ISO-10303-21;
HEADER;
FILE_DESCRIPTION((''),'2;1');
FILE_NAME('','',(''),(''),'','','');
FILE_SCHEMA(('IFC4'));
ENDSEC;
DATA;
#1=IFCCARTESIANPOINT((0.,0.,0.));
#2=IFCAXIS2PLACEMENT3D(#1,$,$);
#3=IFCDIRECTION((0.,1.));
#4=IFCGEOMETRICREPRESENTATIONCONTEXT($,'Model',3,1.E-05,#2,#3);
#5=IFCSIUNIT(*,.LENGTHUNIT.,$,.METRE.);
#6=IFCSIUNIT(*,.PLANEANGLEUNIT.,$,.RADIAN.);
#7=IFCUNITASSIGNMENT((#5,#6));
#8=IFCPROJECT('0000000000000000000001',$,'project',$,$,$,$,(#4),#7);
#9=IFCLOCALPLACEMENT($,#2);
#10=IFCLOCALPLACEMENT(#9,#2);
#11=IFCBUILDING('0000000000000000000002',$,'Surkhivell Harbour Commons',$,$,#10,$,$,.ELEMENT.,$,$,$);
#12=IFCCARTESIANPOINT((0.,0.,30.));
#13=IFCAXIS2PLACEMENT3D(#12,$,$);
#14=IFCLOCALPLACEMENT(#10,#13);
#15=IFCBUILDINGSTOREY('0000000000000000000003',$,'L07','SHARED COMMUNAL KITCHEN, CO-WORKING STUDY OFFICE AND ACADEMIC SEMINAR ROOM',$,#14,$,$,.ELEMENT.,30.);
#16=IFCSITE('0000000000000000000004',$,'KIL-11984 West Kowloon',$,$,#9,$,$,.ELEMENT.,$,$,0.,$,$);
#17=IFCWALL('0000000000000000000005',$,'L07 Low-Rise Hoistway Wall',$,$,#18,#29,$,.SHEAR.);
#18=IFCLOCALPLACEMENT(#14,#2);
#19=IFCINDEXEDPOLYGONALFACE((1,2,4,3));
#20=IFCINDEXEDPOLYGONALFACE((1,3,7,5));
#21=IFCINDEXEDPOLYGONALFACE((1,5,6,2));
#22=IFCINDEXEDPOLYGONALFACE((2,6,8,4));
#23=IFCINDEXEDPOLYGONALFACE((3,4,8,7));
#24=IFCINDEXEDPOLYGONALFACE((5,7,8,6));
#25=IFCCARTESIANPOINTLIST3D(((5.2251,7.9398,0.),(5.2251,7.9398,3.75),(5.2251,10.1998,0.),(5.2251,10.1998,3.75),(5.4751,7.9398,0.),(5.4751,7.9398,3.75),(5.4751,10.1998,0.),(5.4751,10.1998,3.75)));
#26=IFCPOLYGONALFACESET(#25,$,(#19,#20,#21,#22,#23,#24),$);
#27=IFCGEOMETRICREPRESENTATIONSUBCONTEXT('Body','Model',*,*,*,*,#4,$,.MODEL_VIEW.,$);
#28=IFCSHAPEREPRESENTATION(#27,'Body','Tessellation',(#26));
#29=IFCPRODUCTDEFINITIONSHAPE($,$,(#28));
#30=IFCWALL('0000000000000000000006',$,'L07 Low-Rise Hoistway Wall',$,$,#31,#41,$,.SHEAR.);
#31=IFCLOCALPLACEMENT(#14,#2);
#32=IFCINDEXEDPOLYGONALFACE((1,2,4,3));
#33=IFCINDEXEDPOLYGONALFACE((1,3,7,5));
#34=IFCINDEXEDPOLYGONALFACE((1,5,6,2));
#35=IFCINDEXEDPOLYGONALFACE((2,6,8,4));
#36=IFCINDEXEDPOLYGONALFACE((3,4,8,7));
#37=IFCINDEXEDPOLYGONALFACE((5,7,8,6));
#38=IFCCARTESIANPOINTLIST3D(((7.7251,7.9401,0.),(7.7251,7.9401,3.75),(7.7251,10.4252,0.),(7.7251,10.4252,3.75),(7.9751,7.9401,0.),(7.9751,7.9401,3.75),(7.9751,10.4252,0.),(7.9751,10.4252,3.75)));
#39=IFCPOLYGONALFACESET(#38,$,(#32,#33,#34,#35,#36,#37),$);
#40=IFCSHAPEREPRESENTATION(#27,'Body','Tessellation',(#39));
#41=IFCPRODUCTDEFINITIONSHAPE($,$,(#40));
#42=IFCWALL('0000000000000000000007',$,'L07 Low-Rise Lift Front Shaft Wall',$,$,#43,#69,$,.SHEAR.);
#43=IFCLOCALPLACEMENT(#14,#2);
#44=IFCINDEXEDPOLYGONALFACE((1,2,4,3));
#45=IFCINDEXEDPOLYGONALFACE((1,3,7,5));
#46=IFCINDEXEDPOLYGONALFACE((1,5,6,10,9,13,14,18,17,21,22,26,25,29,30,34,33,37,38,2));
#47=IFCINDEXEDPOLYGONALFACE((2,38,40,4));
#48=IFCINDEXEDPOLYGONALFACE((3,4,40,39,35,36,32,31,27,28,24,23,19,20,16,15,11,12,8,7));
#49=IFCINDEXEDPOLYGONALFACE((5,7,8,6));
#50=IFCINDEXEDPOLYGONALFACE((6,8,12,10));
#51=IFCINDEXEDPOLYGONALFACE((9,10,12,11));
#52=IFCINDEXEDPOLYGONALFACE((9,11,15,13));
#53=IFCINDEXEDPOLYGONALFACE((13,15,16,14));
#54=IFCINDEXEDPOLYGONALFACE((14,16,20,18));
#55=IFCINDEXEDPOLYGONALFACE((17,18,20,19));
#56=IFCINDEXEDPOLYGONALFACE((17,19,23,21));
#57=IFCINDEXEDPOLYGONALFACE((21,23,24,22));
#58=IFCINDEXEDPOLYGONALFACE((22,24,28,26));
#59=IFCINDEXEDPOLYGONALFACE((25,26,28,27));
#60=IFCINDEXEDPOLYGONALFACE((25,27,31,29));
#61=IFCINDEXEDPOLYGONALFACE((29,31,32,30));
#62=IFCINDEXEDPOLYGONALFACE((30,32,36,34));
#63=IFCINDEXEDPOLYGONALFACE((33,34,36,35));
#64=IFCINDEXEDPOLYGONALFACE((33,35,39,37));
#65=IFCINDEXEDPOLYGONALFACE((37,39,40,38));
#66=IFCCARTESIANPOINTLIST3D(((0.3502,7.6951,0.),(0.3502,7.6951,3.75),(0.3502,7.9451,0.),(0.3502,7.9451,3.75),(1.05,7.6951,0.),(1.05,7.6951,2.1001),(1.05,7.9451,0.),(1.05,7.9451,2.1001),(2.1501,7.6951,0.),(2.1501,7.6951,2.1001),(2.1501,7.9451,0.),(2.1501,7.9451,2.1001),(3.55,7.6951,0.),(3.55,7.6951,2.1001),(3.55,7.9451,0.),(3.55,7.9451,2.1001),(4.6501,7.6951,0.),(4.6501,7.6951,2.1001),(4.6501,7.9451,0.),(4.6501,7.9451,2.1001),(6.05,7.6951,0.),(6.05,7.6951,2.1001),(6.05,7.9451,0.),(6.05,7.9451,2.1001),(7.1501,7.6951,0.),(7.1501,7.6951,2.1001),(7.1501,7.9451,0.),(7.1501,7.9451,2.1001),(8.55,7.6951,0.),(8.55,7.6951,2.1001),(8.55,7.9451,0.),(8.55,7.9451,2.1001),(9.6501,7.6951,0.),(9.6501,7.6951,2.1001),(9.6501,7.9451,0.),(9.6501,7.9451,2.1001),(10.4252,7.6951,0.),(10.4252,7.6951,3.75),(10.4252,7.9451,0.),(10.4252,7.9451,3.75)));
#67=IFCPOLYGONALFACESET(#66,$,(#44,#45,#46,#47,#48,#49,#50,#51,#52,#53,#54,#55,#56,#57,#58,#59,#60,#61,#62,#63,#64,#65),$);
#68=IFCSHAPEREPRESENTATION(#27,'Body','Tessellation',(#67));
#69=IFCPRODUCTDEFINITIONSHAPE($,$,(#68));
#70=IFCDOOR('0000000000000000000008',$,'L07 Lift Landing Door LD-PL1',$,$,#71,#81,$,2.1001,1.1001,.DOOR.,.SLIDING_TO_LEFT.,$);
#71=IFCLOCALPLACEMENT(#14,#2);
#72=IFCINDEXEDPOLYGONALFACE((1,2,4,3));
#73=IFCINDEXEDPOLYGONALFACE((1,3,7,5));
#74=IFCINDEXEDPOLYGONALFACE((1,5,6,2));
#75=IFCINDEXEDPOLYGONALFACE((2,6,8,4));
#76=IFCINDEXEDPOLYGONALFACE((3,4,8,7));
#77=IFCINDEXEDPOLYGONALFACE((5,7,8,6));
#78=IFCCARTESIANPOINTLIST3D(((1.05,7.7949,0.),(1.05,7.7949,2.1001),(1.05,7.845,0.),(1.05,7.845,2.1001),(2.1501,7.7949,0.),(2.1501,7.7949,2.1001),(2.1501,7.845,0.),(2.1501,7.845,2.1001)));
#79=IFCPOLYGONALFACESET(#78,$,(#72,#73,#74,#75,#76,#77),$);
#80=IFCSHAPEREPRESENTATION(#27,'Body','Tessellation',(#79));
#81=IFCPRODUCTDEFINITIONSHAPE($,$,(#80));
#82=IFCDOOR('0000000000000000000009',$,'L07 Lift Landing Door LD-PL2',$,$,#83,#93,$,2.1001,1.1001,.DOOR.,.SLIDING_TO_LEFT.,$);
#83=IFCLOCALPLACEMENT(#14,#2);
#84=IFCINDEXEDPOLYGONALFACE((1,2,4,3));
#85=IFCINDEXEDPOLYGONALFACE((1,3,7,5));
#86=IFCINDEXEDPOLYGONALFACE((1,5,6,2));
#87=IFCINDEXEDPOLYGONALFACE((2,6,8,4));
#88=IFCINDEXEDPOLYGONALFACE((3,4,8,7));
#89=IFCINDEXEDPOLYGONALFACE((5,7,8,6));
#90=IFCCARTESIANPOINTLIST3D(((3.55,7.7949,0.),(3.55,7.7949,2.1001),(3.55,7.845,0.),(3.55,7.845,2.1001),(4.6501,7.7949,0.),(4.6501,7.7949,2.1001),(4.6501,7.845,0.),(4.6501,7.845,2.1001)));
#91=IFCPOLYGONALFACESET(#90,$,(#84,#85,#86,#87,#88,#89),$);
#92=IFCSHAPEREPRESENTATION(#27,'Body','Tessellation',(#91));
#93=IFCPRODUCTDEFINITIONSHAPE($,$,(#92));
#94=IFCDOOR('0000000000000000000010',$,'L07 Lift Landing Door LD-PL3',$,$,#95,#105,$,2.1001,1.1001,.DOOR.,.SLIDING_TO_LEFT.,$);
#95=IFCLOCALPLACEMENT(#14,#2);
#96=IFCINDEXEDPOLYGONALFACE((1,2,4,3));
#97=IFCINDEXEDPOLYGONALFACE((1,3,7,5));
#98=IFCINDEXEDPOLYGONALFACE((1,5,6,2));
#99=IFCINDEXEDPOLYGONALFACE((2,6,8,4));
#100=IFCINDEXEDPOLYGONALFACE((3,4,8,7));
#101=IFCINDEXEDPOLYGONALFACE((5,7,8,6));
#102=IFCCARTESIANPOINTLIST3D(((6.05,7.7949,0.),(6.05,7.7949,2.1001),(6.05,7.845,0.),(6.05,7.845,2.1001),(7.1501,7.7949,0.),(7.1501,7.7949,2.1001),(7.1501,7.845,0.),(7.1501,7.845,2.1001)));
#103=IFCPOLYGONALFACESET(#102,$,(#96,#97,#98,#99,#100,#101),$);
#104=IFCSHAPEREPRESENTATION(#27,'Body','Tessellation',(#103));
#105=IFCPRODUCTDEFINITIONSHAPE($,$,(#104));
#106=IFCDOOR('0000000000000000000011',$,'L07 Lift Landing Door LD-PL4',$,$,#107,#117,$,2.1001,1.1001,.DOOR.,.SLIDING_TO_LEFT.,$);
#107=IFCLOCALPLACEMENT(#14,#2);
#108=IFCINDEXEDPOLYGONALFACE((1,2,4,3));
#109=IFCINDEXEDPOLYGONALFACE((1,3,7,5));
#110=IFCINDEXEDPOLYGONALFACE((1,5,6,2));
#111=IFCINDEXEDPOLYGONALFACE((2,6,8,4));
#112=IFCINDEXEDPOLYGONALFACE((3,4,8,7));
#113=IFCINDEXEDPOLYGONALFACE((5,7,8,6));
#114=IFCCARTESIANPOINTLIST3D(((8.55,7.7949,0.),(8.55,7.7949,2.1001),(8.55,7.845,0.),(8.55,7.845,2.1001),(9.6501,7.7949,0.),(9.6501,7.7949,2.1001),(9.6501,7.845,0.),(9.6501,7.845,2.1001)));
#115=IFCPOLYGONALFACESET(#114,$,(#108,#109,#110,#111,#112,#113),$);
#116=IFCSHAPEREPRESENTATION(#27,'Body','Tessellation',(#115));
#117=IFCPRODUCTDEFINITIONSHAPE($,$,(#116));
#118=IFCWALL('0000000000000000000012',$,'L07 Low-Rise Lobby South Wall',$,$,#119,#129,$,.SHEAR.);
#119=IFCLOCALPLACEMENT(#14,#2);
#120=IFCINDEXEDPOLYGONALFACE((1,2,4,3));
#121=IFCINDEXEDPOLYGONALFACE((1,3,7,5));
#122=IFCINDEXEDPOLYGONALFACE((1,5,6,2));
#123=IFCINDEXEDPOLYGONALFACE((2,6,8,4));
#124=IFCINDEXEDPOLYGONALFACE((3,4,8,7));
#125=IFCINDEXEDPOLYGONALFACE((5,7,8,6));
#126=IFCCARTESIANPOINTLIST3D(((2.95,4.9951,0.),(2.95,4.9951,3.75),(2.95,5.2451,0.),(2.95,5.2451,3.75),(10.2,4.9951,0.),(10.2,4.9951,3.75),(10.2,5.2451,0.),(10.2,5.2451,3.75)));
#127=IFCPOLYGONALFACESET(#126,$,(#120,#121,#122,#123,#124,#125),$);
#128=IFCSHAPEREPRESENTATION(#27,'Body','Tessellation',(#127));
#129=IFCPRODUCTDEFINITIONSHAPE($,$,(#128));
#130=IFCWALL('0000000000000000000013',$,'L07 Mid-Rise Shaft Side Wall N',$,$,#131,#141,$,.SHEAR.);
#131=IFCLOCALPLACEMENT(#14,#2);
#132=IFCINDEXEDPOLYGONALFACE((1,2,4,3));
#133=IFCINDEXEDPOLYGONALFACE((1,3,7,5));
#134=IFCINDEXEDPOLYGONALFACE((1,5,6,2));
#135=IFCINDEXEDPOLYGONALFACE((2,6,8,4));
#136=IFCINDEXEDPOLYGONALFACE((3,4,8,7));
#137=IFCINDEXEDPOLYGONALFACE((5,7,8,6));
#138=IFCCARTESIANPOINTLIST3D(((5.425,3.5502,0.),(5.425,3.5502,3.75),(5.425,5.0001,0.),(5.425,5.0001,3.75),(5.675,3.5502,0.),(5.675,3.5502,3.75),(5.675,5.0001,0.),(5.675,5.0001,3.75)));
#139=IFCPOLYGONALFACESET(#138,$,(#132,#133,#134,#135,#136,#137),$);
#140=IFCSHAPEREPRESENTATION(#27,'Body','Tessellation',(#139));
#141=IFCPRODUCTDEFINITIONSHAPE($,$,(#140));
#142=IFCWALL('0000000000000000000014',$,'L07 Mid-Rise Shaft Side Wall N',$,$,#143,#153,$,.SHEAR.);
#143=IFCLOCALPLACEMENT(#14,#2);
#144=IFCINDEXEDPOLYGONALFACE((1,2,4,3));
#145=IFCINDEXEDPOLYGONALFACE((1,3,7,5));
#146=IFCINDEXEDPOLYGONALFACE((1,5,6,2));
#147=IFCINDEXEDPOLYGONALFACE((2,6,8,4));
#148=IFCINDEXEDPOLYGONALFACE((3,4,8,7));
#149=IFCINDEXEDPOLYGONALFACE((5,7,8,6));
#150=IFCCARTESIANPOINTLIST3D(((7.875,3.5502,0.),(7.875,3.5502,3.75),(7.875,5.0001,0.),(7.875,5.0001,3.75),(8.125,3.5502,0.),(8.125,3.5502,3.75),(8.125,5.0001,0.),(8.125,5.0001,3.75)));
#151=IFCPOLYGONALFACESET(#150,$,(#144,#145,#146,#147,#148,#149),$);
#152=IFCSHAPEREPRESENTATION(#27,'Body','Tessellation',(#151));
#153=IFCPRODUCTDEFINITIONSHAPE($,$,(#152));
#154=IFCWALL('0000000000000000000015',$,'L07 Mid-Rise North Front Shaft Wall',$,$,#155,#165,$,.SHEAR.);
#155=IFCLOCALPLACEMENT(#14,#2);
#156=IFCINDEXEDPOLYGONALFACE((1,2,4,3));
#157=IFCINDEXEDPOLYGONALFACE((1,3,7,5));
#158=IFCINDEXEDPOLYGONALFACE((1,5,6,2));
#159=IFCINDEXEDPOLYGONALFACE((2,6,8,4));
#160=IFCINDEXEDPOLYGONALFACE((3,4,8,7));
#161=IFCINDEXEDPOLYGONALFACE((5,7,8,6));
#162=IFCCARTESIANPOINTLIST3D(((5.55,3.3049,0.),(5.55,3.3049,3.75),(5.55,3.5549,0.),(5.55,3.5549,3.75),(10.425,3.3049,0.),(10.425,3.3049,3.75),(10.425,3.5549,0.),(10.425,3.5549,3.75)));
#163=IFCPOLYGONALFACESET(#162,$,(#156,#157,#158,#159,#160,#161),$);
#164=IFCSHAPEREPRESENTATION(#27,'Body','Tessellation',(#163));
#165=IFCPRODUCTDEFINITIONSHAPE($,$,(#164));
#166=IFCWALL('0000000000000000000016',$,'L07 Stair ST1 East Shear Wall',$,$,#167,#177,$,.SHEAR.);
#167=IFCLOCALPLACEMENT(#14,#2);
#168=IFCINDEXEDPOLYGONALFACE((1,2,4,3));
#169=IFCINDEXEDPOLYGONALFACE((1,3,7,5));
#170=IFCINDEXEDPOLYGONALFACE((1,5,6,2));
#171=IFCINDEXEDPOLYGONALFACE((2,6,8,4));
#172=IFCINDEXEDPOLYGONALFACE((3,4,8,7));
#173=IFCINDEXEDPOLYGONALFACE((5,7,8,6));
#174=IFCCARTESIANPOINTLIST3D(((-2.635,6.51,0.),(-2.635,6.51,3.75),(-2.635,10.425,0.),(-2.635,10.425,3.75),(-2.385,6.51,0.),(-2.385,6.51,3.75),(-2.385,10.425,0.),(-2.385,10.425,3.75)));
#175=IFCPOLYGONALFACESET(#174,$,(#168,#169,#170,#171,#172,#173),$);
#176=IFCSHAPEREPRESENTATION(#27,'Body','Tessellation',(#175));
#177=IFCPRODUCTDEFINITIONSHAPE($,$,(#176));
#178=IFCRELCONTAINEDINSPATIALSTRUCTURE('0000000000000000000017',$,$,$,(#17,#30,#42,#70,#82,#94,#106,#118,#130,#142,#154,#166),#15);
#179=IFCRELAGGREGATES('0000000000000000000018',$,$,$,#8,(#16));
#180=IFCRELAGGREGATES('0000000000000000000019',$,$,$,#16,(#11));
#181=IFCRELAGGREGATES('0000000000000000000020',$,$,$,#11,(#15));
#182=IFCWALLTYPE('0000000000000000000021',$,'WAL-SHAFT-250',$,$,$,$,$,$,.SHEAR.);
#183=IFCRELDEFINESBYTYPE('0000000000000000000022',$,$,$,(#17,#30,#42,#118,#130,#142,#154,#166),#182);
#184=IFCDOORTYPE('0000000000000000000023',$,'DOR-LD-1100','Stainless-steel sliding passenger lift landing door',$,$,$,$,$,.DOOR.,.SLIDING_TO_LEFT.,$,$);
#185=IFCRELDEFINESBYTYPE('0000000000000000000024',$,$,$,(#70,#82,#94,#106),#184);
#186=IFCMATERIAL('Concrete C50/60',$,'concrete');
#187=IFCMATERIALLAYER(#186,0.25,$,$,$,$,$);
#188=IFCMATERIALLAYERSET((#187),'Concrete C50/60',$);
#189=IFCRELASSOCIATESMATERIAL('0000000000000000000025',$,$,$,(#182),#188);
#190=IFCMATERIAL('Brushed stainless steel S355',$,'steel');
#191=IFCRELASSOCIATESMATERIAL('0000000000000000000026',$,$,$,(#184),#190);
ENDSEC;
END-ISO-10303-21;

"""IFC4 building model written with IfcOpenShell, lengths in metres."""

from ifc_helpers import new_model, si_unit, direction, frame, frame_2d, origin, place, context, subcontext, project, spatial, rectangle, extrude, material, layer, layer_set, type_object, element, fill, save


model = new_model("IFC4")

# Units and contexts
model_context = context("Model", 3, precision=1e-05, world=origin(), true_north=direction((0.0, 1.0)))
body_context = subcontext(model_context, "Body", "Model", "MODEL_VIEW")
ifc_project = project(units=[si_unit("LENGTHUNIT", "METRE"), si_unit("PLANEANGLEUNIT", "RADIAN")], contexts=[model_context])

# Site, building, storey
site_placement = place(None, origin())
site = spatial("IfcSite", under=ifc_project, at=site_placement, Name="KIL-11984 West Kowloon", CompositionType="ELEMENT", RefElevation=0.0)
building_placement = place(site_placement, origin())
building = spatial("IfcBuilding", under=site, at=building_placement, Name="Surkhivell Harbour Commons", CompositionType="ELEMENT")
storey_placement = place(building_placement, frame((0.0, 0.0, 30.0)))
storey = spatial("IfcBuildingStorey", under=building, at=storey_placement, Name="L07", Description="SHARED COMMUNAL KITCHEN, CO-WORKING STUDY OFFICE AND ACADEMIC SEMINAR ROOM", CompositionType="ELEMENT", Elevation=30.0)

# Walls
ifc_material_1 = material(Name="Concrete C50/60", Category="concrete")
ifc_layer_1 = layer(ifc_material_1, 0.25)
ifc_layer_set_1 = layer_set([ifc_layer_1], Name="Concrete C50/60")
wall_type_1 = type_object("IfcWallType", Name="WAL-SHAFT-250", PredefinedType="SHEAR", material=ifc_layer_set_1)
for number, where, z_axis, x_axis, name in (
    (1, (5.3501, 7.9399, 0.0), (0.0, 0.0, 1.0), (0.0, 1.0, 0.0), "L07 Low-Rise Hoistway Wall"),
):
    element("IfcWall", number, at=place(storey_placement, frame(where, z_axis=z_axis, x_axis=x_axis)), inside=storey, type_object=wall_type_1, Name=name, PredefinedType="SHEAR", context=body_context, shape_type="SweptSolid", body=[
        extrude(rectangle(XDim=2.26, YDim=0.25, at=frame_2d((1.1299, 0.0))), origin(), (0.0, 0.0, 1.0), 3.75),
    ])
wall_1_placement = place(storey_placement, frame((7.8501, 7.9399, 0.0), z_axis=(0.0, 0.0, 1.0), x_axis=(0.0, 1.0, 0.0)))
element("IfcWall", 2, at=wall_1_placement, inside=storey, type_object=wall_type_1, Name="L07 Low-Rise Hoistway Wall", PredefinedType="SHEAR", context=body_context, shape_type="SweptSolid", body=[
    extrude(rectangle(XDim=2.4851, YDim=0.25, at=frame_2d((1.2427, 0.0))), origin(), (0.0, 0.0, 1.0), 3.75),
])

# Wall, openings, doors
wall_2_placement = place(storey_placement, frame((0.3501, 7.8201, 0.0), z_axis=(0.0, 0.0, 1.0), x_axis=(1.0, 0.0, 0.0)))
wall_2 = element("IfcWall", 3, at=wall_2_placement, inside=storey, type_object=wall_type_1, Name="L07 Low-Rise Lift Front Shaft Wall", PredefinedType="SHEAR", context=body_context, shape_type="SweptSolid", body=[
    extrude(rectangle(XDim=10.075, YDim=0.25, at=frame_2d((5.0376, 0.0))), origin(), (0.0, 0.0, 1.0), 3.75),
])
opening_1_placement = place(wall_2_placement, frame((0.7, 0.0, 0.0)))
opening_1 = element("IfcOpeningElement", 4, at=opening_1_placement, cuts=wall_2, PredefinedType="OPENING", context=body_context, shape_type="SweptSolid", body=[
    extrude(rectangle(XDim=1.1001, YDim=2.1001, at=frame_2d((0.55, 1.05))), frame((0.0, 0.135, 0.0), z_axis=(0.0, -1.0, 0.0), x_axis=(1.0, 0.0, 0.0)), (0.0, 0.0, 1.0), 0.27),
])
opening_2_placement = place(wall_2_placement, frame((3.2, 0.0, 0.0)))
opening_2 = element("IfcOpeningElement", 5, at=opening_2_placement, cuts=wall_2, PredefinedType="OPENING", context=body_context, shape_type="SweptSolid", body=[
    extrude(rectangle(XDim=1.1001, YDim=2.1001, at=frame_2d((0.55, 1.05))), frame((0.0, 0.135, 0.0), z_axis=(0.0, -1.0, 0.0), x_axis=(1.0, 0.0, 0.0)), (0.0, 0.0, 1.0), 0.27),
])
opening_3_placement = place(wall_2_placement, frame((5.7, 0.0, 0.0)))
opening_3 = element("IfcOpeningElement", 6, at=opening_3_placement, cuts=wall_2, PredefinedType="OPENING", context=body_context, shape_type="SweptSolid", body=[
    extrude(rectangle(XDim=1.1001, YDim=2.1001, at=frame_2d((0.55, 1.05))), frame((0.0, 0.135, 0.0), z_axis=(0.0, -1.0, 0.0), x_axis=(1.0, 0.0, 0.0)), (0.0, 0.0, 1.0), 0.27),
])
opening_4_placement = place(wall_2_placement, frame((8.2, 0.0, 0.0)))
opening_4 = element("IfcOpeningElement", 7, at=opening_4_placement, cuts=wall_2, PredefinedType="OPENING", context=body_context, shape_type="SweptSolid", body=[
    extrude(rectangle(XDim=1.1001, YDim=2.1001, at=frame_2d((0.55, 1.05))), frame((0.0, 0.135, 0.0), z_axis=(0.0, -1.0, 0.0), x_axis=(1.0, 0.0, 0.0)), (0.0, 0.0, 1.0), 0.27),
])
ifc_material_2 = material(Name="Brushed stainless steel S355", Category="steel")
door_type = type_object("IfcDoorType", Name="DOR-LD-1100", Description="Stainless-steel sliding passenger lift landing door", OperationType="SLIDING_TO_LEFT", PredefinedType="DOOR", material=ifc_material_2)
door_1_placement = place(opening_1_placement, origin())
door_1 = element("IfcDoor", 8, at=door_1_placement, inside=storey, type_object=door_type, Name="L07 Lift Landing Door LD-PL1", OperationType="SLIDING_TO_LEFT", OverallHeight=2.1001, OverallWidth=1.1001, PredefinedType="DOOR", context=body_context, shape_type="SweptSolid", body=[
    extrude(rectangle(XDim=1.1001, YDim=2.1001, at=frame_2d((0.55, 1.05))), frame((0.0, 0.0249, 0.0), z_axis=(0.0, -1.0, 0.0), x_axis=(1.0, 0.0, 0.0)), (0.0, 0.0, 1.0), 0.05),
])
fill(opening_1, door_1)
door_2_placement = place(opening_2_placement, origin())
door_2 = element("IfcDoor", 9, at=door_2_placement, inside=storey, type_object=door_type, Name="L07 Lift Landing Door LD-PL2", OperationType="SLIDING_TO_LEFT", OverallHeight=2.1001, OverallWidth=1.1001, PredefinedType="DOOR", context=body_context, shape_type="SweptSolid", body=[
    extrude(rectangle(XDim=1.1001, YDim=2.1001, at=frame_2d((0.55, 1.05))), frame((0.0, 0.0249, 0.0), z_axis=(0.0, -1.0, 0.0), x_axis=(1.0, 0.0, 0.0)), (0.0, 0.0, 1.0), 0.05),
])
fill(opening_2, door_2)
door_3_placement = place(opening_3_placement, origin())
door_3 = element("IfcDoor", 10, at=door_3_placement, inside=storey, type_object=door_type, Name="L07 Lift Landing Door LD-PL3", OperationType="SLIDING_TO_LEFT", OverallHeight=2.1001, OverallWidth=1.1001, PredefinedType="DOOR", context=body_context, shape_type="SweptSolid", body=[
    extrude(rectangle(XDim=1.1001, YDim=2.1001, at=frame_2d((0.55, 1.05))), frame((0.0, 0.0249, 0.0), z_axis=(0.0, -1.0, 0.0), x_axis=(1.0, 0.0, 0.0)), (0.0, 0.0, 1.0), 0.05),
])
fill(opening_3, door_3)
door_4_placement = place(opening_4_placement, origin())
door_4 = element("IfcDoor", 11, at=door_4_placement, inside=storey, type_object=door_type, Name="L07 Lift Landing Door LD-PL4", OperationType="SLIDING_TO_LEFT", OverallHeight=2.1001, OverallWidth=1.1001, PredefinedType="DOOR", context=body_context, shape_type="SweptSolid", body=[
    extrude(rectangle(XDim=1.1001, YDim=2.1001, at=frame_2d((0.55, 1.05))), frame((0.0, 0.0249, 0.0), z_axis=(0.0, -1.0, 0.0), x_axis=(1.0, 0.0, 0.0)), (0.0, 0.0, 1.0), 0.05),
])
fill(opening_4, door_4)

# Walls
wall_3_placement = place(storey_placement, frame((2.95, 5.1201, 0.0), z_axis=(0.0, 0.0, 1.0), x_axis=(1.0, 0.0, 0.0)))
element("IfcWall", 12, at=wall_3_placement, inside=storey, type_object=wall_type_1, Name="L07 Low-Rise Lobby South Wall", PredefinedType="SHEAR", context=body_context, shape_type="SweptSolid", body=[
    extrude(rectangle(XDim=7.25, YDim=0.25, at=frame_2d((3.625, 0.0))), origin(), (0.0, 0.0, 1.0), 3.75),
])
for number, where, z_axis, x_axis, name in (
    (13, (5.55, 3.55, 0.0), (0.0, 0.0, 1.0), (0.0, 1.0, 0.0), "L07 Mid-Rise Shaft Side Wall N"),
    (14, (8.0, 3.55, 0.0), (0.0, 0.0, 1.0), (0.0, 1.0, 0.0), "L07 Mid-Rise Shaft Side Wall N"),
):
    element("IfcWall", number, at=place(storey_placement, frame(where, z_axis=z_axis, x_axis=x_axis)), inside=storey, type_object=wall_type_1, Name=name, PredefinedType="SHEAR", context=body_context, shape_type="SweptSolid", body=[
        extrude(rectangle(XDim=1.45, YDim=0.25, at=frame_2d((0.7251, 0.0))), origin(), (0.0, 0.0, 1.0), 3.75),
    ])
wall_4_placement = place(storey_placement, frame((5.55, 3.4299, 0.0), z_axis=(0.0, 0.0, 1.0), x_axis=(1.0, 0.0, 0.0)))
element("IfcWall", 15, at=wall_4_placement, inside=storey, type_object=wall_type_1, Name="L07 Mid-Rise North Front Shaft Wall", PredefinedType="SHEAR", context=body_context, shape_type="SweptSolid", body=[
    extrude(rectangle(XDim=4.875, YDim=0.25, at=frame_2d((2.4375, 0.0))), origin(), (0.0, 0.0, 1.0), 3.75),
])
wall_5_placement = place(storey_placement, frame((-2.51, 6.51, 0.0), z_axis=(0.0, 0.0, 1.0), x_axis=(0.0, 1.0, 0.0)))
element("IfcWall", 16, at=wall_5_placement, inside=storey, type_object=wall_type_1, Name="L07 Stair ST1 East Shear Wall", PredefinedType="SHEAR", context=body_context, shape_type="SweptSolid", body=[
    extrude(rectangle(XDim=3.915, YDim=0.25, at=frame_2d((1.9575, 0.0))), origin(), (0.0, 0.0, 1.0), 3.75),
])

save(model, "model.ifc")
